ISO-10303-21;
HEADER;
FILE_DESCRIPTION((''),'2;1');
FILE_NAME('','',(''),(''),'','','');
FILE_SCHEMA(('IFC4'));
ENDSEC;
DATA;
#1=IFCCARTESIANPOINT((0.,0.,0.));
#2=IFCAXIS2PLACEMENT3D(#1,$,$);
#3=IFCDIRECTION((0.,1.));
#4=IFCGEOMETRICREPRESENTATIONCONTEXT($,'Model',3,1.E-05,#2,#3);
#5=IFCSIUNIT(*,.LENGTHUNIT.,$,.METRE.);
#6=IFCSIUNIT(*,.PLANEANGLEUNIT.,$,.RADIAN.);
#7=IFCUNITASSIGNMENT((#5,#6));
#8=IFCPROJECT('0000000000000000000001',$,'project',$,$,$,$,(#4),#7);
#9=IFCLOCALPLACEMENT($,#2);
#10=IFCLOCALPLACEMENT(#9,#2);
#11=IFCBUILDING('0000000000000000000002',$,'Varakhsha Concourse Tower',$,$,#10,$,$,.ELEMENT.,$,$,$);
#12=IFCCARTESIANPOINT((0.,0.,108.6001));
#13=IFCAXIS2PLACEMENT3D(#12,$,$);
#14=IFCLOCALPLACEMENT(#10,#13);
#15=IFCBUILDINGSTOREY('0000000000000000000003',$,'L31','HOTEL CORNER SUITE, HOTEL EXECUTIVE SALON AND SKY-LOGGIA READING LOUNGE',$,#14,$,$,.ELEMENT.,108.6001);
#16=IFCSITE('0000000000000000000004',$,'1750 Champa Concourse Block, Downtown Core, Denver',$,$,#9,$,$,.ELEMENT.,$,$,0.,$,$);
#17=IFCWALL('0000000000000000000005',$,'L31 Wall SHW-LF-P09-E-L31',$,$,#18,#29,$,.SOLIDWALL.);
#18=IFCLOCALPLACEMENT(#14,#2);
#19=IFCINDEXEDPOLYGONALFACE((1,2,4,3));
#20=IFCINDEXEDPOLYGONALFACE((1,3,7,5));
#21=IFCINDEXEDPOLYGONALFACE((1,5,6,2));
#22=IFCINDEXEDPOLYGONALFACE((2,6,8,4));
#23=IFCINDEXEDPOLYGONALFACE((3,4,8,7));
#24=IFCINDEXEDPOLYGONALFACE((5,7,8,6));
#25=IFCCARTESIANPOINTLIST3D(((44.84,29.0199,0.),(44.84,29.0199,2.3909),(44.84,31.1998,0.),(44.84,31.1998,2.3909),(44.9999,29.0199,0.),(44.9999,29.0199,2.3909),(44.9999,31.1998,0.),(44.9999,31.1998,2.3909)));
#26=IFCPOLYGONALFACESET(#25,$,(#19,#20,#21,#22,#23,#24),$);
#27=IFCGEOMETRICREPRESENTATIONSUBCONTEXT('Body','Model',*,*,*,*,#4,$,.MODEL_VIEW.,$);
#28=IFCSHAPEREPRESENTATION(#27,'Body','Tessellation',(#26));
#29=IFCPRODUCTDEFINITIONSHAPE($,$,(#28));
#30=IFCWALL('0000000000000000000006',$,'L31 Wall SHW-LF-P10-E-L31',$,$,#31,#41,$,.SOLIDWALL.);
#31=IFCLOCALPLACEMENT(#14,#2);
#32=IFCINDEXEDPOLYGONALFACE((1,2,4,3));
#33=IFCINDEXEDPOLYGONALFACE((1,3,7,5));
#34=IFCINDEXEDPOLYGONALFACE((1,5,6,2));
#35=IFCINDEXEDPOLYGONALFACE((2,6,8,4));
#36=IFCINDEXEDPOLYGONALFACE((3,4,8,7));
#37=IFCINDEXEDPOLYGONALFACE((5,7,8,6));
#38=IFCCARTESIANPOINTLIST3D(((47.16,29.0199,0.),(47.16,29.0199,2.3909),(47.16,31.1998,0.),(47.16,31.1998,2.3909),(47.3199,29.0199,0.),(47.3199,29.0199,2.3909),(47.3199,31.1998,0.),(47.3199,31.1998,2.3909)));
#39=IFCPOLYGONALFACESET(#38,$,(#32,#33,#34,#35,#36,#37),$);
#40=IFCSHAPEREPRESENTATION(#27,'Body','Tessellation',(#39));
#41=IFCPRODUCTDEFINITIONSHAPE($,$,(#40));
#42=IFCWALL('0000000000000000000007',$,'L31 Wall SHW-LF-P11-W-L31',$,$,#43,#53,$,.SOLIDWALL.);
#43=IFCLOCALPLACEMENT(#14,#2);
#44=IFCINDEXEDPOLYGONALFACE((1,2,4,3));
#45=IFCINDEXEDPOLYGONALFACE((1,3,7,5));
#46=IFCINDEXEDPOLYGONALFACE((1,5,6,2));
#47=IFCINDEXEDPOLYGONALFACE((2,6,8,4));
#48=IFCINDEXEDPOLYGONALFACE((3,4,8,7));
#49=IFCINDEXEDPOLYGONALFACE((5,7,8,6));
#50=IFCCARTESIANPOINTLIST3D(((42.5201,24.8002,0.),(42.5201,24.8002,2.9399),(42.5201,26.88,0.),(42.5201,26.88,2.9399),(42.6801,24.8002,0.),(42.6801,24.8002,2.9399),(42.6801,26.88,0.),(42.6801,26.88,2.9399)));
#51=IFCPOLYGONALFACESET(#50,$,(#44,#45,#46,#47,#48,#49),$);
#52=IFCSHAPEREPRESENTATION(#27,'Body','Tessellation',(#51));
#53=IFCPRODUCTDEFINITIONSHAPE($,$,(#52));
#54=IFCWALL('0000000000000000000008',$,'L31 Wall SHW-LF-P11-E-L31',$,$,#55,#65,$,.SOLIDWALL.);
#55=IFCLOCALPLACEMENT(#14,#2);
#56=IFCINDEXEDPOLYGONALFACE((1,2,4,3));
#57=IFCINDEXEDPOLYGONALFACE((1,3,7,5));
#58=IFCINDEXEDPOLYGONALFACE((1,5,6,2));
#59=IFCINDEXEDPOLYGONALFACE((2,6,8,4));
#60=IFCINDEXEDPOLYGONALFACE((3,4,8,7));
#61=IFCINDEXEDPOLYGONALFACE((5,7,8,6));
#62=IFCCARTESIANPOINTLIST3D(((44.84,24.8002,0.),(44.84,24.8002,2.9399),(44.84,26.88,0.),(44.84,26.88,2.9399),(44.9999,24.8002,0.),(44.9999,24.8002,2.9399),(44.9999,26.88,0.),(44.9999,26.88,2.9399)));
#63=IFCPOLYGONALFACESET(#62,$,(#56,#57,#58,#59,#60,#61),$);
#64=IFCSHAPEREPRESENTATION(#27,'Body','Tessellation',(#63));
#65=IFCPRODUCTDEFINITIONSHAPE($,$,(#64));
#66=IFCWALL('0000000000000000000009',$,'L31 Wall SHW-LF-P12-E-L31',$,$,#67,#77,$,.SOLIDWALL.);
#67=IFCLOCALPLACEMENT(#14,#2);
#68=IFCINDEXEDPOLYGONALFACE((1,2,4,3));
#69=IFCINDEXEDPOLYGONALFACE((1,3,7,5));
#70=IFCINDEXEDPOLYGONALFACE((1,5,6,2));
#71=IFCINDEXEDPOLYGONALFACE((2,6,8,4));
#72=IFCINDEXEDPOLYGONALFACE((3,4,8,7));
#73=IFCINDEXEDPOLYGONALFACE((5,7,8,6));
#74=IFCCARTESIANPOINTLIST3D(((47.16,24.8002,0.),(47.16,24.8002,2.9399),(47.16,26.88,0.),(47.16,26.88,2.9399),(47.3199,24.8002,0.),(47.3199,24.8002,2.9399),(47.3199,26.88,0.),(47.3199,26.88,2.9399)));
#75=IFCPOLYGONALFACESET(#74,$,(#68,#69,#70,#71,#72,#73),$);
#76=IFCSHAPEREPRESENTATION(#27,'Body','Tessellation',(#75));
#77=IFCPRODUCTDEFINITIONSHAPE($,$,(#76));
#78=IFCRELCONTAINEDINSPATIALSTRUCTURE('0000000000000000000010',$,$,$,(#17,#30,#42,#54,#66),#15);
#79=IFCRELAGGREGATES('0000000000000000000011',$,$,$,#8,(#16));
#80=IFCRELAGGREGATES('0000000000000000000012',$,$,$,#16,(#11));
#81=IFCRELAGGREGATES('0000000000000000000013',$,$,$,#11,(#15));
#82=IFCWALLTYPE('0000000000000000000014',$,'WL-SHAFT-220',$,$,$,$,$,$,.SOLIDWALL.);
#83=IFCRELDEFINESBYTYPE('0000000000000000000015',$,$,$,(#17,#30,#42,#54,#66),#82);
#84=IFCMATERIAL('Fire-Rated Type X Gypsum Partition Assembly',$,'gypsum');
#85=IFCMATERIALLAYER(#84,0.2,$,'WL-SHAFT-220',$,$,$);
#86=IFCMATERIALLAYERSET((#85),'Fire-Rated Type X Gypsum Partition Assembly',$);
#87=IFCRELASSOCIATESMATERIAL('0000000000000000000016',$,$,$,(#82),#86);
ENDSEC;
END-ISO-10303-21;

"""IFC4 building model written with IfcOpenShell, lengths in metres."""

from ifc_helpers import new_model, si_unit, direction, frame, frame_2d, origin, place, context, subcontext, project, spatial, rectangle, extrude, material, layer, layer_set, type_object, element, save


model = new_model("IFC4")

# Units and contexts
model_context = context("Model", 3, precision=1e-05, world=origin(), true_north=direction((0.0, 1.0)))
body_context = subcontext(model_context, "Body", "Model", "MODEL_VIEW")
ifc_project = project(units=[si_unit("LENGTHUNIT", "METRE"), si_unit("PLANEANGLEUNIT", "RADIAN")], contexts=[model_context])

# Site, building, storey
site_placement = place(None, origin())
site = spatial("IfcSite", under=ifc_project, at=site_placement, Name="1750 Champa Concourse Block, Downtown Core, Denver", CompositionType="ELEMENT", RefElevation=0.0)
building_placement = place(site_placement, origin())
building = spatial("IfcBuilding", under=site, at=building_placement, Name="Varakhsha Concourse Tower", CompositionType="ELEMENT")
storey_placement = place(building_placement, frame((0.0, 0.0, 108.6001)))
storey = spatial("IfcBuildingStorey", under=building, at=storey_placement, Name="L31", Description="HOTEL CORNER SUITE, HOTEL EXECUTIVE SALON AND SKY-LOGGIA READING LOUNGE", CompositionType="ELEMENT", Elevation=108.6001)

# Shared definitions
ifc_material_1 = material(Name="Fire-Rated Type X Gypsum Partition Assembly", Category="gypsum")

# Walls
ifc_layer_1 = layer(ifc_material_1, 0.2, Name="WL-SHAFT-220")
ifc_layer_set_1 = layer_set([ifc_layer_1], Name="Fire-Rated Type X Gypsum Partition Assembly")
wall_type_1 = type_object("IfcWallType", Name="WL-SHAFT-220", PredefinedType="SOLIDWALL", material=ifc_layer_set_1)
for number, where, z_axis, x_axis, name in (
    (1, (44.9199, 29.02, 0.0), (0.0, 0.0, 1.0), (0.0, 1.0, 0.0), "L31 Wall SHW-LF-P09-E-L31"),
    (2, (47.24, 29.02, 0.0), (0.0, 0.0, 1.0), (0.0, 1.0, 0.0), "L31 Wall SHW-LF-P10-E-L31"),
):
    element("IfcWall", number, at=place(storey_placement, frame(where, z_axis=z_axis, x_axis=x_axis)), inside=storey, type_object=wall_type_1, Name=name, PredefinedType="SOLIDWALL", context=body_context, shape_type="SweptSolid", body=[
        extrude(rectangle(XDim=2.1799, YDim=0.1599, at=frame_2d((1.0898, 0.0))), origin(), (0.0, 0.0, 1.0), 2.3909),
    ])
for number, where, z_axis, x_axis, name in (
    (3, (42.6001, 24.8, 0.0), (0.0, 0.0, 1.0), (0.0, 1.0, 0.0), "L31 Wall SHW-LF-P11-W-L31"),
    (4, (44.9199, 24.8, 0.0), (0.0, 0.0, 1.0), (0.0, 1.0, 0.0), "L31 Wall SHW-LF-P11-E-L31"),
    (5, (47.24, 24.8, 0.0), (0.0, 0.0, 1.0), (0.0, 1.0, 0.0), "L31 Wall SHW-LF-P12-E-L31"),
):
    element("IfcWall", number, at=place(storey_placement, frame(where, z_axis=z_axis, x_axis=x_axis)), inside=storey, type_object=wall_type_1, Name=name, PredefinedType="SOLIDWALL", context=body_context, shape_type="SweptSolid", body=[
        extrude(rectangle(XDim=2.0798, YDim=0.1599, at=frame_2d((1.04, 0.0))), origin(), (0.0, 0.0, 1.0), 2.9399),
    ])

save(model, "model.ifc")
